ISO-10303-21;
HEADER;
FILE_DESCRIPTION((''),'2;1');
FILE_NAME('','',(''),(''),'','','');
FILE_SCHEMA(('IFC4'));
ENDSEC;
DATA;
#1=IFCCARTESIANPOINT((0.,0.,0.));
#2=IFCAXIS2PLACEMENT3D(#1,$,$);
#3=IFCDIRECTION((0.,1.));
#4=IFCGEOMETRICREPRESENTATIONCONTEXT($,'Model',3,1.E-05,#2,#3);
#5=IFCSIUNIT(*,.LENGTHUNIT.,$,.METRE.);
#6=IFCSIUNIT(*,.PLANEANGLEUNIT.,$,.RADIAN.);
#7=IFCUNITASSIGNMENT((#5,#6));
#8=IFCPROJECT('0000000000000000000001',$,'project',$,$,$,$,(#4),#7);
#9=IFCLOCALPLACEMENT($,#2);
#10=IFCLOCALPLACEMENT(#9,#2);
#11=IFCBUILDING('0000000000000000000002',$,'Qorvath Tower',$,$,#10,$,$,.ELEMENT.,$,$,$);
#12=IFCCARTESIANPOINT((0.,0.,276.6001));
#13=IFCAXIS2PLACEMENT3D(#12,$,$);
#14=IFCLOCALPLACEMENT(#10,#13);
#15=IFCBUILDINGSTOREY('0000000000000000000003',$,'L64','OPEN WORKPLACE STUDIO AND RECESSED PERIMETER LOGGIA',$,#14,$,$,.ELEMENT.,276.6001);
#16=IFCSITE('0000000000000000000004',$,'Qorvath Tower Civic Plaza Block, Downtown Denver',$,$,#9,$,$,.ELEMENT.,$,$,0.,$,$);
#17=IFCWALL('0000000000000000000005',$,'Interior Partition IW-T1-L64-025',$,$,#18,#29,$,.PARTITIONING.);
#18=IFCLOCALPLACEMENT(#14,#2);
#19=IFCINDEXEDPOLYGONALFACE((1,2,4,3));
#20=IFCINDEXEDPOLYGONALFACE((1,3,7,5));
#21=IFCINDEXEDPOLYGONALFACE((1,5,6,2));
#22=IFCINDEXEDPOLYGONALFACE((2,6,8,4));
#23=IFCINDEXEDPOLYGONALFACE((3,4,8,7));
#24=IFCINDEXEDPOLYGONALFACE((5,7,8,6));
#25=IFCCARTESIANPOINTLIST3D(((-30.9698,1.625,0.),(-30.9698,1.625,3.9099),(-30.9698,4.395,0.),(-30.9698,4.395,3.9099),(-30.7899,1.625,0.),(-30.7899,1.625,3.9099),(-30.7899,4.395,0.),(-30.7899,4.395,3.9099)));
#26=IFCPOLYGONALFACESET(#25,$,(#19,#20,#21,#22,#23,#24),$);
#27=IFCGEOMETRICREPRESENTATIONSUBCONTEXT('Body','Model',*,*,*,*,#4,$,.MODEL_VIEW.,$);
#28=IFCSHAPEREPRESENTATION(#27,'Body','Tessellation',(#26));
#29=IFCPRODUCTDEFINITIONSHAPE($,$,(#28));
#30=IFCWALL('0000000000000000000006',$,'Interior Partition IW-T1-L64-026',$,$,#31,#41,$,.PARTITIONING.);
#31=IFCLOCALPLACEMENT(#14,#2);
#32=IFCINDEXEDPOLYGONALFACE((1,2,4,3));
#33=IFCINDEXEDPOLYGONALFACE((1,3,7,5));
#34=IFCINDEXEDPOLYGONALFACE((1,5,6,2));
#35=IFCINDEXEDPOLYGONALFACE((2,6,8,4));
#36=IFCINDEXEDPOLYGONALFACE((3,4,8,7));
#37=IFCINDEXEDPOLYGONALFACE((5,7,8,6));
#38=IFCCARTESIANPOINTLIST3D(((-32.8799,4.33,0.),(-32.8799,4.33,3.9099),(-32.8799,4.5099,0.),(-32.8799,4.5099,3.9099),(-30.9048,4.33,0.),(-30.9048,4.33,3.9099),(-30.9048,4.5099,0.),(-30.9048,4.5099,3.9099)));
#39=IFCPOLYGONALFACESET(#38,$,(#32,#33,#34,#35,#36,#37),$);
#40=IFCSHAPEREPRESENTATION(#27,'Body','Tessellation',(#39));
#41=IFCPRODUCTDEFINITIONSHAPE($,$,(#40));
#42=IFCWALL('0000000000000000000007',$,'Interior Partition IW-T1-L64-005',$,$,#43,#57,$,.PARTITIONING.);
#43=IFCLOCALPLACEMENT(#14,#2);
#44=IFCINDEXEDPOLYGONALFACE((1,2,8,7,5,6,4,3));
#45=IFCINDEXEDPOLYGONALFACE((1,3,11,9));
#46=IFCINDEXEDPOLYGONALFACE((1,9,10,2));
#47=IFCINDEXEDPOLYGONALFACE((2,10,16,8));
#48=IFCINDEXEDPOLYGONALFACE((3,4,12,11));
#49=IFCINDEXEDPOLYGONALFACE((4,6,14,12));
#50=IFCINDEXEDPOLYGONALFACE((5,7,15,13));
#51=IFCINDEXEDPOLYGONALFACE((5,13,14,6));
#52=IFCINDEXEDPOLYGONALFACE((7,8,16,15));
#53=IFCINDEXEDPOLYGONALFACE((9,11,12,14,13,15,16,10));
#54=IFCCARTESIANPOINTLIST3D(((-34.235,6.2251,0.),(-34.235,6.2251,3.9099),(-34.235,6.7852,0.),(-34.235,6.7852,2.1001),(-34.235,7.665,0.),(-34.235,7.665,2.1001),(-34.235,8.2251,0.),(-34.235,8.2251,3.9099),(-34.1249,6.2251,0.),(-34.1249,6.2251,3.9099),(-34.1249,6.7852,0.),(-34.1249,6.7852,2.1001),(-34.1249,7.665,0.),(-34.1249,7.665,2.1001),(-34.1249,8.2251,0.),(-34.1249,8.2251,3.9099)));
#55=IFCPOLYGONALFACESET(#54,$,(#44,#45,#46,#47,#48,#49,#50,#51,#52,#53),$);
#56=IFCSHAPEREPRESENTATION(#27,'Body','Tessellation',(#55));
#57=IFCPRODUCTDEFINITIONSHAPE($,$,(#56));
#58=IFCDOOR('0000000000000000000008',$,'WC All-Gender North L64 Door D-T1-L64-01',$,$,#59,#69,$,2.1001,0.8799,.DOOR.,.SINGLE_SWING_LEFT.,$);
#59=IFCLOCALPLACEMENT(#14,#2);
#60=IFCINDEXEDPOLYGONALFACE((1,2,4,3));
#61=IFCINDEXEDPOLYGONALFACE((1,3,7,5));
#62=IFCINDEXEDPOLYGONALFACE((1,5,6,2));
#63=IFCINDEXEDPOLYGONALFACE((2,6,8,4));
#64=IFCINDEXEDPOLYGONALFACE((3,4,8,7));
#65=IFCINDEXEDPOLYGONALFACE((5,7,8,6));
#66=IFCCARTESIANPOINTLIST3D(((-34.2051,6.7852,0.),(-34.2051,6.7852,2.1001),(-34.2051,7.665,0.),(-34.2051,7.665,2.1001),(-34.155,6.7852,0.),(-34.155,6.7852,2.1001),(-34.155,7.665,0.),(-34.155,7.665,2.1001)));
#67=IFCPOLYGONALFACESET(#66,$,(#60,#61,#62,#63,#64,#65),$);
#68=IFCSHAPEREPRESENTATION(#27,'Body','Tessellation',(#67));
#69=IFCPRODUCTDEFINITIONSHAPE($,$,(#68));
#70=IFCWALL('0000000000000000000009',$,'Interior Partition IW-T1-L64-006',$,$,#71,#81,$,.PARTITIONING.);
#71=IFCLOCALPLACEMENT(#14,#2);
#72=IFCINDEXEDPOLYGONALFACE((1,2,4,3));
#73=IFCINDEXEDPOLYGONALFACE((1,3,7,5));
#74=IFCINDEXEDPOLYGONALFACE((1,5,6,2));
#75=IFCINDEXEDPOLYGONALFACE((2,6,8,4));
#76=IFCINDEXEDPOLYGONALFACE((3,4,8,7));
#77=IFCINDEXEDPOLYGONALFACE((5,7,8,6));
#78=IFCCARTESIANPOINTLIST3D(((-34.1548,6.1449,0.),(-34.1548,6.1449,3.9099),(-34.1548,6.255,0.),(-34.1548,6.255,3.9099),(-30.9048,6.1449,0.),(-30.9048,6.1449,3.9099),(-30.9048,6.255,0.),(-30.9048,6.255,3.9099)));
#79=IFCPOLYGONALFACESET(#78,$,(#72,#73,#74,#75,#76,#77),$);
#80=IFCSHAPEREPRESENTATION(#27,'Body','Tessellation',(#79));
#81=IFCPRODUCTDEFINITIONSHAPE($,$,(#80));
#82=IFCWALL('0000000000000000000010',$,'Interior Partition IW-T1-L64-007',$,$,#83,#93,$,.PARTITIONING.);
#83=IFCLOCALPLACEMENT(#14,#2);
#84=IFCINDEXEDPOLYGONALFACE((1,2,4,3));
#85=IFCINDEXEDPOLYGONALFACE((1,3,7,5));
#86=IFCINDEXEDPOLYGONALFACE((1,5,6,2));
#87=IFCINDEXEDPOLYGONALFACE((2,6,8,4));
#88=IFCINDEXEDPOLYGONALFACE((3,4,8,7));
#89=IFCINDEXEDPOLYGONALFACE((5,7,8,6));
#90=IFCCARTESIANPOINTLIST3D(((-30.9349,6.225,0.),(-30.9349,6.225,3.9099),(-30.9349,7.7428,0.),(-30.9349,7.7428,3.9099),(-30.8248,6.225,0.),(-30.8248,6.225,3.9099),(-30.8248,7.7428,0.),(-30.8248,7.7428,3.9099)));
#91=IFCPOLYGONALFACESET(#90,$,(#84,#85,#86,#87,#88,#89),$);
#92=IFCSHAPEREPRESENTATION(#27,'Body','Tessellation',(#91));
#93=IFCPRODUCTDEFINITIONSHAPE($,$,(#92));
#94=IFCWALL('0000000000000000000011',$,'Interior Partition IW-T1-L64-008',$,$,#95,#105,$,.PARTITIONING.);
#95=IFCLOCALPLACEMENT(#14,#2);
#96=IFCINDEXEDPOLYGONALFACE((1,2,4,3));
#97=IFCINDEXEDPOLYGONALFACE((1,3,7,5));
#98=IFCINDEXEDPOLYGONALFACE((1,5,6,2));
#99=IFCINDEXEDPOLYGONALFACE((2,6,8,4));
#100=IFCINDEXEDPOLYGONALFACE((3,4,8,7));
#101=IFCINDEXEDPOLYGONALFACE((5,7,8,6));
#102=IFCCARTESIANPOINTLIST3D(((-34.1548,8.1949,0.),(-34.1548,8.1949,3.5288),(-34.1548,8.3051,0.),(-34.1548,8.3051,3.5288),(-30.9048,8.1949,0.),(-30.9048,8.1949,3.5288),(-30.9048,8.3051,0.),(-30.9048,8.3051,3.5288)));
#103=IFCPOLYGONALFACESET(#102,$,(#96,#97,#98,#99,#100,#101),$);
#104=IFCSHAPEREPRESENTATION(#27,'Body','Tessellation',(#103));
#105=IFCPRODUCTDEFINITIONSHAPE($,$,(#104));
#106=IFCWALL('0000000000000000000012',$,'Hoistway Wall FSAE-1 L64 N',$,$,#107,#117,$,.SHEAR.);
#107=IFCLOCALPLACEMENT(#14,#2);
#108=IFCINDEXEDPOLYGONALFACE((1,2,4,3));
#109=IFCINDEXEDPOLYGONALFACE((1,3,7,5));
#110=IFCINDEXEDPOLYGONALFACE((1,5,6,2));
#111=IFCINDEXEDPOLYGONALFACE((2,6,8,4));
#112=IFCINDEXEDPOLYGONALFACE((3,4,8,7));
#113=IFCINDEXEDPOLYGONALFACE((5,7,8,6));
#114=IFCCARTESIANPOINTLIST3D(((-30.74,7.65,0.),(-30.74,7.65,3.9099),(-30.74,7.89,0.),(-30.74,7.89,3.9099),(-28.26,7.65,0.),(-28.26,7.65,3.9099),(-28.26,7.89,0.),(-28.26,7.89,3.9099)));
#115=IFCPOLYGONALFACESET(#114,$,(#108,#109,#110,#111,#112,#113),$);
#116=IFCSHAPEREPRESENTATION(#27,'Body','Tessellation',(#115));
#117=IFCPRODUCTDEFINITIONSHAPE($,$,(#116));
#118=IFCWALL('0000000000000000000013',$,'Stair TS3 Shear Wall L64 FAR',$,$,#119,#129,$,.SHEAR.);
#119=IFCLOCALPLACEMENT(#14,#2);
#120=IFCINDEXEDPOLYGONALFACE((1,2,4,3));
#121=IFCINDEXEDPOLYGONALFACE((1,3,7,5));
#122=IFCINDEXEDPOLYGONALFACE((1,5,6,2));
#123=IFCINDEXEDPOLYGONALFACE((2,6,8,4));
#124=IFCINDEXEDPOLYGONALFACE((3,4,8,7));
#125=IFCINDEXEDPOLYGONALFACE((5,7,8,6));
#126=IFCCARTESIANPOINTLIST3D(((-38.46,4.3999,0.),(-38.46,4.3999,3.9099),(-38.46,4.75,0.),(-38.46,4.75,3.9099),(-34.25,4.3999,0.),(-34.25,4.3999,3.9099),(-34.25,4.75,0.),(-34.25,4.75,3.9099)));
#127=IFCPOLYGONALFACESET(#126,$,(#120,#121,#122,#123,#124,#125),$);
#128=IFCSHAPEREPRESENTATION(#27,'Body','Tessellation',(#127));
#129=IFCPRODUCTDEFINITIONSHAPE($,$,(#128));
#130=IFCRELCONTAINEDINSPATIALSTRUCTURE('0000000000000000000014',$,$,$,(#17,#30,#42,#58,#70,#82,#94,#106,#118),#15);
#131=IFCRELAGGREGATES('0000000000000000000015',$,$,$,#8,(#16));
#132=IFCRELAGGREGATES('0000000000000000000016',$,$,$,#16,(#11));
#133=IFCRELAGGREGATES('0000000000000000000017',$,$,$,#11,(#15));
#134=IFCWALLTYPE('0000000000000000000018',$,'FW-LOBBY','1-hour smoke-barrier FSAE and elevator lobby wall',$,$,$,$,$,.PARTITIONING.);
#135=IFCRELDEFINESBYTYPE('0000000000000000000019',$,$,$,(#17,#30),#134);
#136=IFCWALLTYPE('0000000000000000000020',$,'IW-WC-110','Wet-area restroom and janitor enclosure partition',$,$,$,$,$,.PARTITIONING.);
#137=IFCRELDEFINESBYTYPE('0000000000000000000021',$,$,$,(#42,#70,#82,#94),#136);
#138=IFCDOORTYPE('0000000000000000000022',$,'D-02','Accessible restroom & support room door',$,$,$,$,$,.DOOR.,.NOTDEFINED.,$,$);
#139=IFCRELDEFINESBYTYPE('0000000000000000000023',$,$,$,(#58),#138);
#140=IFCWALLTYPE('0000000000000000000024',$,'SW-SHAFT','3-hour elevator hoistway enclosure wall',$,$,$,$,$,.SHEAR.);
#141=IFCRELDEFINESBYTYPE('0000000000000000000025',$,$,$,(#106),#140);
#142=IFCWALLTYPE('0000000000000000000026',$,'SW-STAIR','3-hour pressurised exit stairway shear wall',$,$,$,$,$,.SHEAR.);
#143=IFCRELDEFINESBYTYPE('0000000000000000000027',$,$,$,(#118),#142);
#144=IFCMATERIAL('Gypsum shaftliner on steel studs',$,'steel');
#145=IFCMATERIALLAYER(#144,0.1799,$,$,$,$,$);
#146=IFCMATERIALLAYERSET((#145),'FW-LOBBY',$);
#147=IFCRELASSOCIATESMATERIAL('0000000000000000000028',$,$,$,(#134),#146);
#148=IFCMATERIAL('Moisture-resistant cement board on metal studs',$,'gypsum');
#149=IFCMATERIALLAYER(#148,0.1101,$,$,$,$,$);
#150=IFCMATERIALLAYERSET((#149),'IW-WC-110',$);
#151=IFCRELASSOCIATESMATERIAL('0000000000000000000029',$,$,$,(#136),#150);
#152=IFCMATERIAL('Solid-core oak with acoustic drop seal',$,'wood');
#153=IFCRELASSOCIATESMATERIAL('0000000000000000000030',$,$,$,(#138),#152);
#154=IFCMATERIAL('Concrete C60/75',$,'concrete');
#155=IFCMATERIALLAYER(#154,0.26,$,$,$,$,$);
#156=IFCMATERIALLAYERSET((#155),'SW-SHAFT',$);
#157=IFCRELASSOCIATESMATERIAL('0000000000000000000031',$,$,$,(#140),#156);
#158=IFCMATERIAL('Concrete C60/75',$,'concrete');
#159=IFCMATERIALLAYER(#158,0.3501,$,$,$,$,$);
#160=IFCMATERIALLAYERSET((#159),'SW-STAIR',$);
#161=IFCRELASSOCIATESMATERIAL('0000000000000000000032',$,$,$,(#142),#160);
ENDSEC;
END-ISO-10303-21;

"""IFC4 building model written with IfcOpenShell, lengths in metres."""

from ifc_helpers import new_model, si_unit, direction, frame, frame_2d, origin, place, context, subcontext, project, spatial, rectangle, extrude, material, layer, layer_set, type_object, element, fill, save


model = new_model("IFC4")

# Units and contexts
model_context = context("Model", 3, precision=1e-05, world=origin(), true_north=direction((0.0, 1.0)))
body_context = subcontext(model_context, "Body", "Model", "MODEL_VIEW")
ifc_project = project(units=[si_unit("LENGTHUNIT", "METRE"), si_unit("PLANEANGLEUNIT", "RADIAN")], contexts=[model_context])

# Site, building, storey
site_placement = place(None, origin())
site = spatial("IfcSite", under=ifc_project, at=site_placement, Name="Qorvath Tower Civic Plaza Block, Downtown Denver", CompositionType="ELEMENT", RefElevation=0.0)
building_placement = place(site_placement, origin())
building = spatial("IfcBuilding", under=site, at=building_placement, Name="Qorvath Tower", CompositionType="ELEMENT")
storey_placement = place(building_placement, frame((0.0, 0.0, 276.6001)))
storey = spatial("IfcBuildingStorey", under=building, at=storey_placement, Name="L64", Description="OPEN WORKPLACE STUDIO AND RECESSED PERIMETER LOGGIA", CompositionType="ELEMENT", Elevation=276.6001)

# Shared definitions
ifc_material_1 = material(Name="Gypsum shaftliner on steel studs", Category="steel")
ifc_layer_1 = layer(ifc_material_1, 0.1799)
ifc_layer_set_1 = layer_set([ifc_layer_1], Name="FW-LOBBY")
wall_type_1 = type_object("IfcWallType", Name="FW-LOBBY", Description="1-hour smoke-barrier FSAE and elevator lobby wall", PredefinedType="PARTITIONING", material=ifc_layer_set_1)

# Walls
wall_1_placement = place(storey_placement, frame((-30.8799, 1.625, 0.0), z_axis=(0.0, 0.0, 1.0), x_axis=(0.0, 1.0, 0.0)))
element("IfcWall", 1, at=wall_1_placement, inside=storey, type_object=wall_type_1, Name="Interior Partition IW-T1-L64-025", PredefinedType="PARTITIONING", context=body_context, shape_type="SweptSolid", body=[
    extrude(rectangle(XDim=2.77, YDim=0.1799, at=frame_2d((1.385, 0.0))), origin(), (0.0, 0.0, 1.0), 3.9099),
])
wall_2_placement = place(storey_placement, frame((-30.9048, 4.4199, 0.0), z_axis=(0.0, 0.0, 1.0), x_axis=(-1.0, 0.0, 0.0)))
element("IfcWall", 2, at=wall_2_placement, inside=storey, type_object=wall_type_1, Name="Interior Partition IW-T1-L64-026", PredefinedType="PARTITIONING", context=body_context, shape_type="SweptSolid", body=[
    extrude(rectangle(XDim=1.9751, YDim=0.1799, at=frame_2d((0.9875, 0.0))), origin(), (0.0, 0.0, 1.0), 3.9099),
])

# Wall, opening, door
ifc_material_2 = material(Name="Moisture-resistant cement board on metal studs", Category="gypsum")
ifc_layer_2 = layer(ifc_material_2, 0.1101)
ifc_layer_set_2 = layer_set([ifc_layer_2], Name="IW-WC-110")
wall_type_2 = type_object("IfcWallType", Name="IW-WC-110", Description="Wet-area restroom and janitor enclosure partition", PredefinedType="PARTITIONING", material=ifc_layer_set_2)
wall_3_placement = place(storey_placement, frame((-34.1799, 8.2251, 0.0), z_axis=(0.0, 0.0, 1.0), x_axis=(0.0, -1.0, 0.0)))
wall_3 = element("IfcWall", 3, at=wall_3_placement, inside=storey, type_object=wall_type_2, Name="Interior Partition IW-T1-L64-005", PredefinedType="PARTITIONING", context=body_context, shape_type="SweptSolid", body=[
    extrude(rectangle(XDim=2.0, YDim=0.1101, at=frame_2d((1.0, 0.0))), origin(), (0.0, 0.0, 1.0), 3.9099),
])
opening_1_placement = place(wall_3_placement, frame((0.5601, 0.0, 0.0)))
opening_1 = element("IfcOpeningElement", 4, at=opening_1_placement, cuts=wall_3, PredefinedType="OPENING", context=body_context, shape_type="SweptSolid", body=[
    extrude(rectangle(XDim=0.8799, YDim=2.1001, at=frame_2d((0.4399, 1.05))), frame((0.0, 0.0649, 0.0), z_axis=(0.0, -1.0, 0.0), x_axis=(1.0, 0.0, 0.0)), (0.0, 0.0, 1.0), 0.1301),
])
ifc_material_3 = material(Name="Solid-core oak with acoustic drop seal", Category="wood")
door_type_1 = type_object("IfcDoorType", Name="D-02", Description="Accessible restroom & support room door", OperationType="NOTDEFINED", PredefinedType="DOOR", material=ifc_material_3)
door_1_placement = place(opening_1_placement, origin())
door_1 = element("IfcDoor", 5, at=door_1_placement, inside=storey, type_object=door_type_1, Name="WC All-Gender North L64 Door D-T1-L64-01", OperationType="SINGLE_SWING_LEFT", OverallHeight=2.1001, OverallWidth=0.8799, PredefinedType="DOOR", context=body_context, shape_type="SweptSolid", body=[
    extrude(rectangle(XDim=0.8799, YDim=2.1001, at=frame_2d((0.4399, 1.05))), frame((0.0, 0.0249, 0.0), z_axis=(0.0, -1.0, 0.0), x_axis=(1.0, 0.0, 0.0)), (0.0, 0.0, 1.0), 0.05),
])
fill(opening_1, door_1)

# Walls
wall_4_placement = place(storey_placement, frame((-34.1548, 6.2, 0.0), z_axis=(0.0, 0.0, 1.0), x_axis=(1.0, 0.0, 0.0)))
element("IfcWall", 6, at=wall_4_placement, inside=storey, type_object=wall_type_2, Name="Interior Partition IW-T1-L64-006", PredefinedType="PARTITIONING", context=body_context, shape_type="SweptSolid", body=[
    extrude(rectangle(XDim=3.25, YDim=0.1101, at=frame_2d((1.625, 0.0))), origin(), (0.0, 0.0, 1.0), 3.9099),
])
wall_5_placement = place(storey_placement, frame((-30.8799, 6.2251, 0.0), z_axis=(0.0, 0.0, 1.0), x_axis=(0.0, 1.0, 0.0)))
element("IfcWall", 7, at=wall_5_placement, inside=storey, type_object=wall_type_2, Name="Interior Partition IW-T1-L64-007", PredefinedType="PARTITIONING", context=body_context, shape_type="SweptSolid", body=[
    extrude(rectangle(XDim=1.5178, YDim=0.1101, at=frame_2d((0.7588, 0.0))), origin(), (0.0, 0.0, 1.0), 3.9099),
])
wall_6_placement = place(storey_placement, frame((-30.9048, 8.25, 0.0), z_axis=(0.0, 0.0, 1.0), x_axis=(-1.0, 0.0, 0.0)))
element("IfcWall", 8, at=wall_6_placement, inside=storey, type_object=wall_type_2, Name="Interior Partition IW-T1-L64-008", PredefinedType="PARTITIONING", context=body_context, shape_type="SweptSolid", body=[
    extrude(rectangle(XDim=3.25, YDim=0.1101, at=frame_2d((1.625, 0.0))), origin(), (0.0, 0.0, 1.0), 3.5288),
])
ifc_material_4 = material(Name="Concrete C60/75", Category="concrete")
ifc_layer_3 = layer(ifc_material_4, 0.26)
ifc_layer_set_3 = layer_set([ifc_layer_3], Name="SW-SHAFT")
wall_type_3 = type_object("IfcWallType", Name="SW-SHAFT", Description="3-hour elevator hoistway enclosure wall", PredefinedType="SHEAR", material=ifc_layer_set_3)
wall_7_placement = place(storey_placement, frame((-30.74, 7.77, 0.0), z_axis=(0.0, 0.0, 1.0), x_axis=(1.0, 0.0, 0.0)))
element("IfcWall", 9, at=wall_7_placement, inside=storey, type_object=wall_type_3, Name="Hoistway Wall FSAE-1 L64 N", PredefinedType="SHEAR", context=body_context, shape_type="SweptSolid", body=[
    extrude(rectangle(XDim=2.48, YDim=0.24, at=frame_2d((1.24, 0.0))), origin(), (0.0, 0.0, 1.0), 3.9099),
])
ifc_material_5 = material(Name="Concrete C60/75", Category="concrete")
ifc_layer_4 = layer(ifc_material_5, 0.3501)
ifc_layer_set_4 = layer_set([ifc_layer_4], Name="SW-STAIR")
wall_type_4 = type_object("IfcWallType", Name="SW-STAIR", Description="3-hour pressurised exit stairway shear wall", PredefinedType="SHEAR", material=ifc_layer_set_4)
wall_8_placement = place(storey_placement, frame((-34.25, 4.575, 0.0), z_axis=(0.0, 0.0, 1.0), x_axis=(-1.0, 0.0, 0.0)))
element("IfcWall", 10, at=wall_8_placement, inside=storey, type_object=wall_type_4, Name="Stair TS3 Shear Wall L64 FAR", PredefinedType="SHEAR", context=body_context, shape_type="SweptSolid", body=[
    extrude(rectangle(XDim=4.21, YDim=0.3501, at=frame_2d((2.105, 0.0))), origin(), (0.0, 0.0, 1.0), 3.9099),
])

save(model, "model.ifc")
